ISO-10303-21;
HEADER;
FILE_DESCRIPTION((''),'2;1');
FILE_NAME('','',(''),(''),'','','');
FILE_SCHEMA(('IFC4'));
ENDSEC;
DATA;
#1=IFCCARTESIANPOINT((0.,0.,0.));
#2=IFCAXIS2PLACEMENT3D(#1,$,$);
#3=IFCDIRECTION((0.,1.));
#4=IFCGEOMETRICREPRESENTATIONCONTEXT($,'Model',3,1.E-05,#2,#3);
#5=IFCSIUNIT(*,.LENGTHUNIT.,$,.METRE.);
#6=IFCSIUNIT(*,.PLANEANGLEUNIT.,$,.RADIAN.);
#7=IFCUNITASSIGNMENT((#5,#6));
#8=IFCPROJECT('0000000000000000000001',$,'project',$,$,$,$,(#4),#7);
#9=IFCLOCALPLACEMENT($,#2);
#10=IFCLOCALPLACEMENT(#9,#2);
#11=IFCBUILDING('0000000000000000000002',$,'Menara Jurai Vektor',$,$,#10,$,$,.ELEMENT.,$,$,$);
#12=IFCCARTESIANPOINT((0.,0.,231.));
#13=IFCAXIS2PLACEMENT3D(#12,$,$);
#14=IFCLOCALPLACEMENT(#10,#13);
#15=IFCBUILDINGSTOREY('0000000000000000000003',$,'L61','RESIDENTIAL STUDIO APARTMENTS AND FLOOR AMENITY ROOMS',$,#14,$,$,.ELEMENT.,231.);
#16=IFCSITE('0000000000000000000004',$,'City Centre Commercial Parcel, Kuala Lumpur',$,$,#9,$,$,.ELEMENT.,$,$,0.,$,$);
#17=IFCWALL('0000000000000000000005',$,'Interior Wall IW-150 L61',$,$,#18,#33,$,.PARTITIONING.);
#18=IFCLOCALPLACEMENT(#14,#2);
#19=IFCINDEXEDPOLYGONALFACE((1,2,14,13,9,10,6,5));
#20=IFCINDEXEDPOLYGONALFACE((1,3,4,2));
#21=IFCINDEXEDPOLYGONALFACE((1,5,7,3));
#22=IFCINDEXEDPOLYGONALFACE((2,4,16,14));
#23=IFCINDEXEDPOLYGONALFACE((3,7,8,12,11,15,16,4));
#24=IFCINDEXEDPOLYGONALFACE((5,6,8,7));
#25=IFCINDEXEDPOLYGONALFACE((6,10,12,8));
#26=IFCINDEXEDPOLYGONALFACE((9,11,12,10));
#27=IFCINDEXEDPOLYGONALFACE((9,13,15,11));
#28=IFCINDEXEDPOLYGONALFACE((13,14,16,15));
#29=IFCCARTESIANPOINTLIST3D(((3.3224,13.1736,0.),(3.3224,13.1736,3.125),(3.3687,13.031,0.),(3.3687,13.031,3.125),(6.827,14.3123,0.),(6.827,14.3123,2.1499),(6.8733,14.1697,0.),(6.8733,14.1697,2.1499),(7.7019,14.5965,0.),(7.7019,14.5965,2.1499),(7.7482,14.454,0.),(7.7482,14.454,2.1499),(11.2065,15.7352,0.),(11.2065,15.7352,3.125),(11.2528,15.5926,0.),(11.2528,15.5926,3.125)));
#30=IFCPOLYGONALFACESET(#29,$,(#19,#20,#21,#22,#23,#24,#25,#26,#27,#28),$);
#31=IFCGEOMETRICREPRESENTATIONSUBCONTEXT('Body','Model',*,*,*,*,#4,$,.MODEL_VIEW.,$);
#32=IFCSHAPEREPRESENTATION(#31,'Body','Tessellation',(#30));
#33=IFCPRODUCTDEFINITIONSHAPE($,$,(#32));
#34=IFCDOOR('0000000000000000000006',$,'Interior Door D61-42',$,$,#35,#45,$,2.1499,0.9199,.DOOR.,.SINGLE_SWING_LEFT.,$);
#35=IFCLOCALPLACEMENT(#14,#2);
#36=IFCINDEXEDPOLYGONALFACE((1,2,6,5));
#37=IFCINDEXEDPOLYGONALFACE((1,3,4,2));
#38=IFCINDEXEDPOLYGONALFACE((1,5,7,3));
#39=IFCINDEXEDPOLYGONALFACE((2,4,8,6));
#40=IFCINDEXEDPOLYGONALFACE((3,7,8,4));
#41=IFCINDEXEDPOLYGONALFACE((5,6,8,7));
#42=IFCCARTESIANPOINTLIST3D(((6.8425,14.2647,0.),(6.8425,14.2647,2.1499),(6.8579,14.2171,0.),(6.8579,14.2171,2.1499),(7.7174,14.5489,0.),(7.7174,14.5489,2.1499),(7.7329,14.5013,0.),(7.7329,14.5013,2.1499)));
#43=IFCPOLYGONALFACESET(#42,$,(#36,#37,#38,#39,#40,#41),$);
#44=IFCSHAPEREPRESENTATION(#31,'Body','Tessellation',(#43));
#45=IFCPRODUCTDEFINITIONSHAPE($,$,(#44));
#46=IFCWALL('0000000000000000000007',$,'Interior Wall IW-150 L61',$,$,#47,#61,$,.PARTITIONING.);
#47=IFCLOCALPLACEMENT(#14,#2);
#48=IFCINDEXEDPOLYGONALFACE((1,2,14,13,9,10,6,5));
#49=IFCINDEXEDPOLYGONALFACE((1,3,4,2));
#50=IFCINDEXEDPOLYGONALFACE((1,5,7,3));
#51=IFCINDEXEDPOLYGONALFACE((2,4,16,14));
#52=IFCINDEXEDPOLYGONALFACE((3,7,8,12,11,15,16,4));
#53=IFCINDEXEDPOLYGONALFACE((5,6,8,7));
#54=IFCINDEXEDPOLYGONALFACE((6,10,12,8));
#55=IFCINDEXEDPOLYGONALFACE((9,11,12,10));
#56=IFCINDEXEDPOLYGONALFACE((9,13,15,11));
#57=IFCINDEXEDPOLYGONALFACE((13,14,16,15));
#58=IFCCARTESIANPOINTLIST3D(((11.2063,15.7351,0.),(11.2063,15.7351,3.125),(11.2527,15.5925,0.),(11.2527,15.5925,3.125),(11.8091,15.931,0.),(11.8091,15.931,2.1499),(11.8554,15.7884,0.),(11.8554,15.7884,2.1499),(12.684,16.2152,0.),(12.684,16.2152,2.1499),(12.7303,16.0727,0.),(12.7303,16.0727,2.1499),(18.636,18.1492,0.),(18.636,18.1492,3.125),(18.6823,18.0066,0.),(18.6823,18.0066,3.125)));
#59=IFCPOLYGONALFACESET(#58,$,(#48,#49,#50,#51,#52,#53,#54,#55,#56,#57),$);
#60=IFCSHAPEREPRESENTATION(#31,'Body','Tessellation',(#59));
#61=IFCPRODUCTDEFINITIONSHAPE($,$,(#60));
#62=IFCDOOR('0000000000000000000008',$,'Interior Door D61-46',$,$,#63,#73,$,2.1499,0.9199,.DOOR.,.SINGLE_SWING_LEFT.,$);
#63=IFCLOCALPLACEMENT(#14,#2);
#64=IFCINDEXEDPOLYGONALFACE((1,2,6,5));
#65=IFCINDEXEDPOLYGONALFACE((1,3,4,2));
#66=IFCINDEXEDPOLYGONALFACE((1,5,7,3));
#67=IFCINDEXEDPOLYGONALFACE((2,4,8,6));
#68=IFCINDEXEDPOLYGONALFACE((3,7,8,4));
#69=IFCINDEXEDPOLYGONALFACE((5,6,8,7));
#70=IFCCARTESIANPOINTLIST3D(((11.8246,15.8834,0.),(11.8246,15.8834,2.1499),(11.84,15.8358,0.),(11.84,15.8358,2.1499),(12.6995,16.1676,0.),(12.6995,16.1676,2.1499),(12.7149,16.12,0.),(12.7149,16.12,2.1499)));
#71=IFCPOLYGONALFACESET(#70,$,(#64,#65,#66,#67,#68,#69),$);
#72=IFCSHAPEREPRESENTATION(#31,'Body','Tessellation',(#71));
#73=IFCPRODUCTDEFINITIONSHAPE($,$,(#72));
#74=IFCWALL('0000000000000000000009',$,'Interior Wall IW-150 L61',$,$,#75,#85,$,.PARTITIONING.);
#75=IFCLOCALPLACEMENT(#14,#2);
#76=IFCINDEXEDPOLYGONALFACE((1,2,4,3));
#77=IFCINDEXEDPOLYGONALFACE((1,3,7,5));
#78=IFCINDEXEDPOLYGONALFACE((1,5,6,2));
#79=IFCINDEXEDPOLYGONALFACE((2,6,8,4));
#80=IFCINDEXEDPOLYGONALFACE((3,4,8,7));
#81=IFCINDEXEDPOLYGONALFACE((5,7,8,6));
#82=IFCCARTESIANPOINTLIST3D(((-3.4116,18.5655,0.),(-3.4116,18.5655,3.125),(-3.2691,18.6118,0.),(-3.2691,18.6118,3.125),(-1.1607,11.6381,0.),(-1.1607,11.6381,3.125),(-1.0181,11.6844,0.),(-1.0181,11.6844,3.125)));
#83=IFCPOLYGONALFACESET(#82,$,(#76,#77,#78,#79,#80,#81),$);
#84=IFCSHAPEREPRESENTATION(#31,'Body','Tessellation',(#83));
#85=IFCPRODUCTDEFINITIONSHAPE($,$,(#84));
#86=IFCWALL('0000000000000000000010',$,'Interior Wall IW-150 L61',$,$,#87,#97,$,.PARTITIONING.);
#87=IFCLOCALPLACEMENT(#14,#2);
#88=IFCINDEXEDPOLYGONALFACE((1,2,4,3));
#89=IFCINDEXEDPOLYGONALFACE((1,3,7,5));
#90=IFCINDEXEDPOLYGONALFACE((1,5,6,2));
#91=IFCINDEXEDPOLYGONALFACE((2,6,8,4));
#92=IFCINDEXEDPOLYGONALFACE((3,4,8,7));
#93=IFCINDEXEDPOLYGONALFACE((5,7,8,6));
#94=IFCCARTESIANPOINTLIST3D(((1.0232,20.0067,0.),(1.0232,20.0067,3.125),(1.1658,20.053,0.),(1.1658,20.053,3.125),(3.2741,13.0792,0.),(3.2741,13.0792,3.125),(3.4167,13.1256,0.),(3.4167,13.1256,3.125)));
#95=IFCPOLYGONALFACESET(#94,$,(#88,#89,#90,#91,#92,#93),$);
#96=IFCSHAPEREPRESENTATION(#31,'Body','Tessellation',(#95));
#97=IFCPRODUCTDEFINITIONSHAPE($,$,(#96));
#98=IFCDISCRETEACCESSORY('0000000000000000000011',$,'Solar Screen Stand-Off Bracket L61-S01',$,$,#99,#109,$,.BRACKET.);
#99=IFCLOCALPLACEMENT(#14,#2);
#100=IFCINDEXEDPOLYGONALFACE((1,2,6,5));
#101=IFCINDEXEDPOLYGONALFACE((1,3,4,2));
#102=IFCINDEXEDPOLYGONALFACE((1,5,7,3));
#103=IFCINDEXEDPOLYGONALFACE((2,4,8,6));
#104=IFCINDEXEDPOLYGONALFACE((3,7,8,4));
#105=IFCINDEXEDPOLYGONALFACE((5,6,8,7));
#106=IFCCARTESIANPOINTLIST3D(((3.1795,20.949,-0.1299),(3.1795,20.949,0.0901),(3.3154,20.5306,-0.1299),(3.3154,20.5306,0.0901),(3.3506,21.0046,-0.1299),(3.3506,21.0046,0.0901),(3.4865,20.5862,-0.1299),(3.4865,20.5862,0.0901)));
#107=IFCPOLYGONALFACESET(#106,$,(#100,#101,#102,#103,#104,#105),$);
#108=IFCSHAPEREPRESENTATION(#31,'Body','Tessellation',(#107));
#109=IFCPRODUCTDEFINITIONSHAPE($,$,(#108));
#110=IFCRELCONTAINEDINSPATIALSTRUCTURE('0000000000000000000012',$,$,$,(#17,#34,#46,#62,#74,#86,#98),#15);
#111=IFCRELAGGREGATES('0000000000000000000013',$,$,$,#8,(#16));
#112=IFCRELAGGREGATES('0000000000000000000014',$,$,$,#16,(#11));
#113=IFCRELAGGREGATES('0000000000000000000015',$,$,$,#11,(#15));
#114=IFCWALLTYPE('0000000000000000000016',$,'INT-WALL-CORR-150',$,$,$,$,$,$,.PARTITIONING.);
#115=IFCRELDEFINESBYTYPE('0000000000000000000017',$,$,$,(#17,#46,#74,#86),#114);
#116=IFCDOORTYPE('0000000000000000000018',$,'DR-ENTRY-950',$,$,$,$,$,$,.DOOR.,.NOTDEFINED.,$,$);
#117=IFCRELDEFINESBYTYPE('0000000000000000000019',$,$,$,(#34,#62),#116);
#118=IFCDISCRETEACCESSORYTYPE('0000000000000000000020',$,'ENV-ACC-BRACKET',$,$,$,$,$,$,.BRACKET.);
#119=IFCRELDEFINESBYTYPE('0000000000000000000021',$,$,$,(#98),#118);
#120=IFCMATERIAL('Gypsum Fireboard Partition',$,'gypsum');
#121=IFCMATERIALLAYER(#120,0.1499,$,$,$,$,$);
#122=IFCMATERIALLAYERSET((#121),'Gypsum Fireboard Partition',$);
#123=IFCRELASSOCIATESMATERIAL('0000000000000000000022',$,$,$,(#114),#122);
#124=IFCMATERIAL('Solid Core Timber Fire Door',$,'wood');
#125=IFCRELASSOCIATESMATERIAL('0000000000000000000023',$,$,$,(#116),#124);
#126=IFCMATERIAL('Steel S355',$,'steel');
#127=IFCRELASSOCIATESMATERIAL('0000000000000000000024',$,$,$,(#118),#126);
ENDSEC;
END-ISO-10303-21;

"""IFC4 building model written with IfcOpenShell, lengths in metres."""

from ifc_helpers import new_model, si_unit, direction, frame, frame_2d, origin, origin_2d, place, context, subcontext, project, spatial, rectangle, extrude, material, layer, layer_set, type_object, element, fill, save


model = new_model("IFC4")

# Units and contexts
model_context = context("Model", 3, precision=1e-05, world=origin(), true_north=direction((0.0, 1.0)))
body_context = subcontext(model_context, "Body", "Model", "MODEL_VIEW")
ifc_project = project(units=[si_unit("LENGTHUNIT", "METRE"), si_unit("PLANEANGLEUNIT", "RADIAN")], contexts=[model_context])

# Site, building, storey
site_placement = place(None, origin())
site = spatial("IfcSite", under=ifc_project, at=site_placement, Name="City Centre Commercial Parcel, Kuala Lumpur", CompositionType="ELEMENT", RefElevation=0.0)
building_placement = place(site_placement, origin())
building = spatial("IfcBuilding", under=site, at=building_placement, Name="Menara Jurai Vektor", CompositionType="ELEMENT")
storey_placement = place(building_placement, frame((0.0, 0.0, 231.0)))
storey = spatial("IfcBuildingStorey", under=building, at=storey_placement, Name="L61", Description="RESIDENTIAL STUDIO APARTMENTS AND FLOOR AMENITY ROOMS", CompositionType="ELEMENT", Elevation=231.0)

# Shared definitions
ifc_material_1 = material(Name="Steel S355", Category="steel")

# Shared definitions
ifc_material_2 = material(Name="Gypsum Fireboard Partition", Category="gypsum")
ifc_layer_1 = layer(ifc_material_2, 0.1499)
ifc_layer_set_1 = layer_set([ifc_layer_1], Name="Gypsum Fireboard Partition")
wall_type = type_object("IfcWallType", Name="INT-WALL-CORR-150", PredefinedType="PARTITIONING", material=ifc_layer_set_1)

# Walls, openings, doors
ifc_material_3 = material(Name="Solid Core Timber Fire Door", Category="wood")
door_type = type_object("IfcDoorType", Name="DR-ENTRY-950", OperationType="NOTDEFINED", PredefinedType="DOOR", material=ifc_material_3)
wall_1_placement = place(storey_placement, frame((3.3455, 13.1023, 0.0), z_axis=(0.0, 0.0, 1.0), x_axis=(0.951062, 0.309, 0.0)))
wall_1 = element("IfcWall", 1, at=wall_1_placement, inside=storey, type_object=wall_type, Name="Interior Wall IW-150 L61", PredefinedType="PARTITIONING", context=body_context, shape_type="SweptSolid", body=[
    extrude(rectangle(XDim=8.2898, YDim=0.1499, at=frame_2d((4.145, 0.0))), origin(), (0.0, 0.0, 1.0), 3.125),
])
opening_1_placement = place(wall_1_placement, frame((3.6851, 0.0, 0.0)))
opening_1 = element("IfcOpeningElement", 2, at=opening_1_placement, cuts=wall_1, PredefinedType="OPENING", context=body_context, shape_type="SweptSolid", body=[
    extrude(rectangle(XDim=0.9199, YDim=2.1499, at=frame_2d((0.46, 1.075))), frame((0.0, 0.085, 0.0), z_axis=(0.0, -1.0, 0.0), x_axis=(1.0, 0.0, 0.0)), (0.0, 0.0, 1.0), 0.1699),
])
door_1_placement = place(opening_1_placement, origin())
door_1 = element("IfcDoor", 3, at=door_1_placement, inside=storey, type_object=door_type, Name="Interior Door D61-42", OperationType="SINGLE_SWING_LEFT", OverallHeight=2.1499, OverallWidth=0.9199, PredefinedType="DOOR", context=body_context, shape_type="SweptSolid", body=[
    extrude(rectangle(XDim=0.9199, YDim=2.1499, at=frame_2d((0.46, 1.075))), frame((0.0, 0.0249, 0.0), z_axis=(0.0, -1.0, 0.0), x_axis=(1.0, 0.0, 0.0)), (0.0, 0.0, 1.0), 0.05),
])
fill(opening_1, door_1)
wall_2_placement = place(storey_placement, frame((11.2295, 15.6638, 0.0), z_axis=(0.0, 0.0, 1.0), x_axis=(0.951056, 0.309018, 0.0)))
wall_2 = element("IfcWall", 4, at=wall_2_placement, inside=storey, type_object=wall_type, Name="Interior Wall IW-150 L61", PredefinedType="PARTITIONING", context=body_context, shape_type="SweptSolid", body=[
    extrude(rectangle(XDim=7.812, YDim=0.1499, at=frame_2d((3.906, 0.0))), origin(), (0.0, 0.0, 1.0), 3.125),
])
opening_2_placement = place(wall_2_placement, frame((0.6338, 0.0, 0.0)))
opening_2 = element("IfcOpeningElement", 5, at=opening_2_placement, cuts=wall_2, PredefinedType="OPENING", context=body_context, shape_type="SweptSolid", body=[
    extrude(rectangle(XDim=0.9199, YDim=2.1499, at=frame_2d((0.46, 1.075))), frame((0.0, 0.085, 0.0), z_axis=(0.0, -1.0, 0.0), x_axis=(1.0, 0.0, 0.0)), (0.0, 0.0, 1.0), 0.1699),
])
door_2_placement = place(opening_2_placement, origin())
door_2 = element("IfcDoor", 6, at=door_2_placement, inside=storey, type_object=door_type, Name="Interior Door D61-46", OperationType="SINGLE_SWING_LEFT", OverallHeight=2.1499, OverallWidth=0.9199, PredefinedType="DOOR", context=body_context, shape_type="SweptSolid", body=[
    extrude(rectangle(XDim=0.9199, YDim=2.1499, at=frame_2d((0.46, 1.075))), frame((0.0, 0.0249, 0.0), z_axis=(0.0, -1.0, 0.0), x_axis=(1.0, 0.0, 0.0)), (0.0, 0.0, 1.0), 0.05),
])
fill(opening_2, door_2)

# Walls
for number, where, z_axis, x_axis, name in (
    (7, (-1.0894, 11.6611, 0.0), (0.0, 0.0, 1.0), (-0.309029, 0.951053, 0.0), "Interior Wall IW-150 L61"),
    (8, (3.3455, 13.1023, 0.0), (0.0, 0.0, 1.0), (-0.309029, 0.951053, 0.0), "Interior Wall IW-150 L61"),
):
    element("IfcWall", number, at=place(storey_placement, frame(where, z_axis=z_axis, x_axis=x_axis)), inside=storey, type_object=wall_type, Name=name, PredefinedType="PARTITIONING", context=body_context, shape_type="SweptSolid", body=[
        extrude(rectangle(XDim=7.2839, YDim=0.1499, at=frame_2d((3.6421, 0.0))), origin(), (0.0, 0.0, 1.0), 3.125),
    ])

# Discrete accessory
discrete_accessory_type = type_object("IfcDiscreteAccessoryType", Name="ENV-ACC-BRACKET", PredefinedType="BRACKET", material=ifc_material_1)
discrete_accessory_placement = place(storey_placement, frame((3.333, 20.7676, -0.1299), z_axis=(0.0, 0.0, 1.0), x_axis=(-0.951057, -0.309017, 0.0)))
element("IfcDiscreteAccessory", 9, at=discrete_accessory_placement, inside=storey, type_object=discrete_accessory_type, Name="Solar Screen Stand-Off Bracket L61-S01", PredefinedType="BRACKET", context=body_context, shape_type="SweptSolid", body=[
    extrude(rectangle(XDim=0.1799, YDim=0.4399, at=origin_2d()), origin(), (0.0, 0.0, 1.0), 0.22),
])

save(model, "model.ifc")
